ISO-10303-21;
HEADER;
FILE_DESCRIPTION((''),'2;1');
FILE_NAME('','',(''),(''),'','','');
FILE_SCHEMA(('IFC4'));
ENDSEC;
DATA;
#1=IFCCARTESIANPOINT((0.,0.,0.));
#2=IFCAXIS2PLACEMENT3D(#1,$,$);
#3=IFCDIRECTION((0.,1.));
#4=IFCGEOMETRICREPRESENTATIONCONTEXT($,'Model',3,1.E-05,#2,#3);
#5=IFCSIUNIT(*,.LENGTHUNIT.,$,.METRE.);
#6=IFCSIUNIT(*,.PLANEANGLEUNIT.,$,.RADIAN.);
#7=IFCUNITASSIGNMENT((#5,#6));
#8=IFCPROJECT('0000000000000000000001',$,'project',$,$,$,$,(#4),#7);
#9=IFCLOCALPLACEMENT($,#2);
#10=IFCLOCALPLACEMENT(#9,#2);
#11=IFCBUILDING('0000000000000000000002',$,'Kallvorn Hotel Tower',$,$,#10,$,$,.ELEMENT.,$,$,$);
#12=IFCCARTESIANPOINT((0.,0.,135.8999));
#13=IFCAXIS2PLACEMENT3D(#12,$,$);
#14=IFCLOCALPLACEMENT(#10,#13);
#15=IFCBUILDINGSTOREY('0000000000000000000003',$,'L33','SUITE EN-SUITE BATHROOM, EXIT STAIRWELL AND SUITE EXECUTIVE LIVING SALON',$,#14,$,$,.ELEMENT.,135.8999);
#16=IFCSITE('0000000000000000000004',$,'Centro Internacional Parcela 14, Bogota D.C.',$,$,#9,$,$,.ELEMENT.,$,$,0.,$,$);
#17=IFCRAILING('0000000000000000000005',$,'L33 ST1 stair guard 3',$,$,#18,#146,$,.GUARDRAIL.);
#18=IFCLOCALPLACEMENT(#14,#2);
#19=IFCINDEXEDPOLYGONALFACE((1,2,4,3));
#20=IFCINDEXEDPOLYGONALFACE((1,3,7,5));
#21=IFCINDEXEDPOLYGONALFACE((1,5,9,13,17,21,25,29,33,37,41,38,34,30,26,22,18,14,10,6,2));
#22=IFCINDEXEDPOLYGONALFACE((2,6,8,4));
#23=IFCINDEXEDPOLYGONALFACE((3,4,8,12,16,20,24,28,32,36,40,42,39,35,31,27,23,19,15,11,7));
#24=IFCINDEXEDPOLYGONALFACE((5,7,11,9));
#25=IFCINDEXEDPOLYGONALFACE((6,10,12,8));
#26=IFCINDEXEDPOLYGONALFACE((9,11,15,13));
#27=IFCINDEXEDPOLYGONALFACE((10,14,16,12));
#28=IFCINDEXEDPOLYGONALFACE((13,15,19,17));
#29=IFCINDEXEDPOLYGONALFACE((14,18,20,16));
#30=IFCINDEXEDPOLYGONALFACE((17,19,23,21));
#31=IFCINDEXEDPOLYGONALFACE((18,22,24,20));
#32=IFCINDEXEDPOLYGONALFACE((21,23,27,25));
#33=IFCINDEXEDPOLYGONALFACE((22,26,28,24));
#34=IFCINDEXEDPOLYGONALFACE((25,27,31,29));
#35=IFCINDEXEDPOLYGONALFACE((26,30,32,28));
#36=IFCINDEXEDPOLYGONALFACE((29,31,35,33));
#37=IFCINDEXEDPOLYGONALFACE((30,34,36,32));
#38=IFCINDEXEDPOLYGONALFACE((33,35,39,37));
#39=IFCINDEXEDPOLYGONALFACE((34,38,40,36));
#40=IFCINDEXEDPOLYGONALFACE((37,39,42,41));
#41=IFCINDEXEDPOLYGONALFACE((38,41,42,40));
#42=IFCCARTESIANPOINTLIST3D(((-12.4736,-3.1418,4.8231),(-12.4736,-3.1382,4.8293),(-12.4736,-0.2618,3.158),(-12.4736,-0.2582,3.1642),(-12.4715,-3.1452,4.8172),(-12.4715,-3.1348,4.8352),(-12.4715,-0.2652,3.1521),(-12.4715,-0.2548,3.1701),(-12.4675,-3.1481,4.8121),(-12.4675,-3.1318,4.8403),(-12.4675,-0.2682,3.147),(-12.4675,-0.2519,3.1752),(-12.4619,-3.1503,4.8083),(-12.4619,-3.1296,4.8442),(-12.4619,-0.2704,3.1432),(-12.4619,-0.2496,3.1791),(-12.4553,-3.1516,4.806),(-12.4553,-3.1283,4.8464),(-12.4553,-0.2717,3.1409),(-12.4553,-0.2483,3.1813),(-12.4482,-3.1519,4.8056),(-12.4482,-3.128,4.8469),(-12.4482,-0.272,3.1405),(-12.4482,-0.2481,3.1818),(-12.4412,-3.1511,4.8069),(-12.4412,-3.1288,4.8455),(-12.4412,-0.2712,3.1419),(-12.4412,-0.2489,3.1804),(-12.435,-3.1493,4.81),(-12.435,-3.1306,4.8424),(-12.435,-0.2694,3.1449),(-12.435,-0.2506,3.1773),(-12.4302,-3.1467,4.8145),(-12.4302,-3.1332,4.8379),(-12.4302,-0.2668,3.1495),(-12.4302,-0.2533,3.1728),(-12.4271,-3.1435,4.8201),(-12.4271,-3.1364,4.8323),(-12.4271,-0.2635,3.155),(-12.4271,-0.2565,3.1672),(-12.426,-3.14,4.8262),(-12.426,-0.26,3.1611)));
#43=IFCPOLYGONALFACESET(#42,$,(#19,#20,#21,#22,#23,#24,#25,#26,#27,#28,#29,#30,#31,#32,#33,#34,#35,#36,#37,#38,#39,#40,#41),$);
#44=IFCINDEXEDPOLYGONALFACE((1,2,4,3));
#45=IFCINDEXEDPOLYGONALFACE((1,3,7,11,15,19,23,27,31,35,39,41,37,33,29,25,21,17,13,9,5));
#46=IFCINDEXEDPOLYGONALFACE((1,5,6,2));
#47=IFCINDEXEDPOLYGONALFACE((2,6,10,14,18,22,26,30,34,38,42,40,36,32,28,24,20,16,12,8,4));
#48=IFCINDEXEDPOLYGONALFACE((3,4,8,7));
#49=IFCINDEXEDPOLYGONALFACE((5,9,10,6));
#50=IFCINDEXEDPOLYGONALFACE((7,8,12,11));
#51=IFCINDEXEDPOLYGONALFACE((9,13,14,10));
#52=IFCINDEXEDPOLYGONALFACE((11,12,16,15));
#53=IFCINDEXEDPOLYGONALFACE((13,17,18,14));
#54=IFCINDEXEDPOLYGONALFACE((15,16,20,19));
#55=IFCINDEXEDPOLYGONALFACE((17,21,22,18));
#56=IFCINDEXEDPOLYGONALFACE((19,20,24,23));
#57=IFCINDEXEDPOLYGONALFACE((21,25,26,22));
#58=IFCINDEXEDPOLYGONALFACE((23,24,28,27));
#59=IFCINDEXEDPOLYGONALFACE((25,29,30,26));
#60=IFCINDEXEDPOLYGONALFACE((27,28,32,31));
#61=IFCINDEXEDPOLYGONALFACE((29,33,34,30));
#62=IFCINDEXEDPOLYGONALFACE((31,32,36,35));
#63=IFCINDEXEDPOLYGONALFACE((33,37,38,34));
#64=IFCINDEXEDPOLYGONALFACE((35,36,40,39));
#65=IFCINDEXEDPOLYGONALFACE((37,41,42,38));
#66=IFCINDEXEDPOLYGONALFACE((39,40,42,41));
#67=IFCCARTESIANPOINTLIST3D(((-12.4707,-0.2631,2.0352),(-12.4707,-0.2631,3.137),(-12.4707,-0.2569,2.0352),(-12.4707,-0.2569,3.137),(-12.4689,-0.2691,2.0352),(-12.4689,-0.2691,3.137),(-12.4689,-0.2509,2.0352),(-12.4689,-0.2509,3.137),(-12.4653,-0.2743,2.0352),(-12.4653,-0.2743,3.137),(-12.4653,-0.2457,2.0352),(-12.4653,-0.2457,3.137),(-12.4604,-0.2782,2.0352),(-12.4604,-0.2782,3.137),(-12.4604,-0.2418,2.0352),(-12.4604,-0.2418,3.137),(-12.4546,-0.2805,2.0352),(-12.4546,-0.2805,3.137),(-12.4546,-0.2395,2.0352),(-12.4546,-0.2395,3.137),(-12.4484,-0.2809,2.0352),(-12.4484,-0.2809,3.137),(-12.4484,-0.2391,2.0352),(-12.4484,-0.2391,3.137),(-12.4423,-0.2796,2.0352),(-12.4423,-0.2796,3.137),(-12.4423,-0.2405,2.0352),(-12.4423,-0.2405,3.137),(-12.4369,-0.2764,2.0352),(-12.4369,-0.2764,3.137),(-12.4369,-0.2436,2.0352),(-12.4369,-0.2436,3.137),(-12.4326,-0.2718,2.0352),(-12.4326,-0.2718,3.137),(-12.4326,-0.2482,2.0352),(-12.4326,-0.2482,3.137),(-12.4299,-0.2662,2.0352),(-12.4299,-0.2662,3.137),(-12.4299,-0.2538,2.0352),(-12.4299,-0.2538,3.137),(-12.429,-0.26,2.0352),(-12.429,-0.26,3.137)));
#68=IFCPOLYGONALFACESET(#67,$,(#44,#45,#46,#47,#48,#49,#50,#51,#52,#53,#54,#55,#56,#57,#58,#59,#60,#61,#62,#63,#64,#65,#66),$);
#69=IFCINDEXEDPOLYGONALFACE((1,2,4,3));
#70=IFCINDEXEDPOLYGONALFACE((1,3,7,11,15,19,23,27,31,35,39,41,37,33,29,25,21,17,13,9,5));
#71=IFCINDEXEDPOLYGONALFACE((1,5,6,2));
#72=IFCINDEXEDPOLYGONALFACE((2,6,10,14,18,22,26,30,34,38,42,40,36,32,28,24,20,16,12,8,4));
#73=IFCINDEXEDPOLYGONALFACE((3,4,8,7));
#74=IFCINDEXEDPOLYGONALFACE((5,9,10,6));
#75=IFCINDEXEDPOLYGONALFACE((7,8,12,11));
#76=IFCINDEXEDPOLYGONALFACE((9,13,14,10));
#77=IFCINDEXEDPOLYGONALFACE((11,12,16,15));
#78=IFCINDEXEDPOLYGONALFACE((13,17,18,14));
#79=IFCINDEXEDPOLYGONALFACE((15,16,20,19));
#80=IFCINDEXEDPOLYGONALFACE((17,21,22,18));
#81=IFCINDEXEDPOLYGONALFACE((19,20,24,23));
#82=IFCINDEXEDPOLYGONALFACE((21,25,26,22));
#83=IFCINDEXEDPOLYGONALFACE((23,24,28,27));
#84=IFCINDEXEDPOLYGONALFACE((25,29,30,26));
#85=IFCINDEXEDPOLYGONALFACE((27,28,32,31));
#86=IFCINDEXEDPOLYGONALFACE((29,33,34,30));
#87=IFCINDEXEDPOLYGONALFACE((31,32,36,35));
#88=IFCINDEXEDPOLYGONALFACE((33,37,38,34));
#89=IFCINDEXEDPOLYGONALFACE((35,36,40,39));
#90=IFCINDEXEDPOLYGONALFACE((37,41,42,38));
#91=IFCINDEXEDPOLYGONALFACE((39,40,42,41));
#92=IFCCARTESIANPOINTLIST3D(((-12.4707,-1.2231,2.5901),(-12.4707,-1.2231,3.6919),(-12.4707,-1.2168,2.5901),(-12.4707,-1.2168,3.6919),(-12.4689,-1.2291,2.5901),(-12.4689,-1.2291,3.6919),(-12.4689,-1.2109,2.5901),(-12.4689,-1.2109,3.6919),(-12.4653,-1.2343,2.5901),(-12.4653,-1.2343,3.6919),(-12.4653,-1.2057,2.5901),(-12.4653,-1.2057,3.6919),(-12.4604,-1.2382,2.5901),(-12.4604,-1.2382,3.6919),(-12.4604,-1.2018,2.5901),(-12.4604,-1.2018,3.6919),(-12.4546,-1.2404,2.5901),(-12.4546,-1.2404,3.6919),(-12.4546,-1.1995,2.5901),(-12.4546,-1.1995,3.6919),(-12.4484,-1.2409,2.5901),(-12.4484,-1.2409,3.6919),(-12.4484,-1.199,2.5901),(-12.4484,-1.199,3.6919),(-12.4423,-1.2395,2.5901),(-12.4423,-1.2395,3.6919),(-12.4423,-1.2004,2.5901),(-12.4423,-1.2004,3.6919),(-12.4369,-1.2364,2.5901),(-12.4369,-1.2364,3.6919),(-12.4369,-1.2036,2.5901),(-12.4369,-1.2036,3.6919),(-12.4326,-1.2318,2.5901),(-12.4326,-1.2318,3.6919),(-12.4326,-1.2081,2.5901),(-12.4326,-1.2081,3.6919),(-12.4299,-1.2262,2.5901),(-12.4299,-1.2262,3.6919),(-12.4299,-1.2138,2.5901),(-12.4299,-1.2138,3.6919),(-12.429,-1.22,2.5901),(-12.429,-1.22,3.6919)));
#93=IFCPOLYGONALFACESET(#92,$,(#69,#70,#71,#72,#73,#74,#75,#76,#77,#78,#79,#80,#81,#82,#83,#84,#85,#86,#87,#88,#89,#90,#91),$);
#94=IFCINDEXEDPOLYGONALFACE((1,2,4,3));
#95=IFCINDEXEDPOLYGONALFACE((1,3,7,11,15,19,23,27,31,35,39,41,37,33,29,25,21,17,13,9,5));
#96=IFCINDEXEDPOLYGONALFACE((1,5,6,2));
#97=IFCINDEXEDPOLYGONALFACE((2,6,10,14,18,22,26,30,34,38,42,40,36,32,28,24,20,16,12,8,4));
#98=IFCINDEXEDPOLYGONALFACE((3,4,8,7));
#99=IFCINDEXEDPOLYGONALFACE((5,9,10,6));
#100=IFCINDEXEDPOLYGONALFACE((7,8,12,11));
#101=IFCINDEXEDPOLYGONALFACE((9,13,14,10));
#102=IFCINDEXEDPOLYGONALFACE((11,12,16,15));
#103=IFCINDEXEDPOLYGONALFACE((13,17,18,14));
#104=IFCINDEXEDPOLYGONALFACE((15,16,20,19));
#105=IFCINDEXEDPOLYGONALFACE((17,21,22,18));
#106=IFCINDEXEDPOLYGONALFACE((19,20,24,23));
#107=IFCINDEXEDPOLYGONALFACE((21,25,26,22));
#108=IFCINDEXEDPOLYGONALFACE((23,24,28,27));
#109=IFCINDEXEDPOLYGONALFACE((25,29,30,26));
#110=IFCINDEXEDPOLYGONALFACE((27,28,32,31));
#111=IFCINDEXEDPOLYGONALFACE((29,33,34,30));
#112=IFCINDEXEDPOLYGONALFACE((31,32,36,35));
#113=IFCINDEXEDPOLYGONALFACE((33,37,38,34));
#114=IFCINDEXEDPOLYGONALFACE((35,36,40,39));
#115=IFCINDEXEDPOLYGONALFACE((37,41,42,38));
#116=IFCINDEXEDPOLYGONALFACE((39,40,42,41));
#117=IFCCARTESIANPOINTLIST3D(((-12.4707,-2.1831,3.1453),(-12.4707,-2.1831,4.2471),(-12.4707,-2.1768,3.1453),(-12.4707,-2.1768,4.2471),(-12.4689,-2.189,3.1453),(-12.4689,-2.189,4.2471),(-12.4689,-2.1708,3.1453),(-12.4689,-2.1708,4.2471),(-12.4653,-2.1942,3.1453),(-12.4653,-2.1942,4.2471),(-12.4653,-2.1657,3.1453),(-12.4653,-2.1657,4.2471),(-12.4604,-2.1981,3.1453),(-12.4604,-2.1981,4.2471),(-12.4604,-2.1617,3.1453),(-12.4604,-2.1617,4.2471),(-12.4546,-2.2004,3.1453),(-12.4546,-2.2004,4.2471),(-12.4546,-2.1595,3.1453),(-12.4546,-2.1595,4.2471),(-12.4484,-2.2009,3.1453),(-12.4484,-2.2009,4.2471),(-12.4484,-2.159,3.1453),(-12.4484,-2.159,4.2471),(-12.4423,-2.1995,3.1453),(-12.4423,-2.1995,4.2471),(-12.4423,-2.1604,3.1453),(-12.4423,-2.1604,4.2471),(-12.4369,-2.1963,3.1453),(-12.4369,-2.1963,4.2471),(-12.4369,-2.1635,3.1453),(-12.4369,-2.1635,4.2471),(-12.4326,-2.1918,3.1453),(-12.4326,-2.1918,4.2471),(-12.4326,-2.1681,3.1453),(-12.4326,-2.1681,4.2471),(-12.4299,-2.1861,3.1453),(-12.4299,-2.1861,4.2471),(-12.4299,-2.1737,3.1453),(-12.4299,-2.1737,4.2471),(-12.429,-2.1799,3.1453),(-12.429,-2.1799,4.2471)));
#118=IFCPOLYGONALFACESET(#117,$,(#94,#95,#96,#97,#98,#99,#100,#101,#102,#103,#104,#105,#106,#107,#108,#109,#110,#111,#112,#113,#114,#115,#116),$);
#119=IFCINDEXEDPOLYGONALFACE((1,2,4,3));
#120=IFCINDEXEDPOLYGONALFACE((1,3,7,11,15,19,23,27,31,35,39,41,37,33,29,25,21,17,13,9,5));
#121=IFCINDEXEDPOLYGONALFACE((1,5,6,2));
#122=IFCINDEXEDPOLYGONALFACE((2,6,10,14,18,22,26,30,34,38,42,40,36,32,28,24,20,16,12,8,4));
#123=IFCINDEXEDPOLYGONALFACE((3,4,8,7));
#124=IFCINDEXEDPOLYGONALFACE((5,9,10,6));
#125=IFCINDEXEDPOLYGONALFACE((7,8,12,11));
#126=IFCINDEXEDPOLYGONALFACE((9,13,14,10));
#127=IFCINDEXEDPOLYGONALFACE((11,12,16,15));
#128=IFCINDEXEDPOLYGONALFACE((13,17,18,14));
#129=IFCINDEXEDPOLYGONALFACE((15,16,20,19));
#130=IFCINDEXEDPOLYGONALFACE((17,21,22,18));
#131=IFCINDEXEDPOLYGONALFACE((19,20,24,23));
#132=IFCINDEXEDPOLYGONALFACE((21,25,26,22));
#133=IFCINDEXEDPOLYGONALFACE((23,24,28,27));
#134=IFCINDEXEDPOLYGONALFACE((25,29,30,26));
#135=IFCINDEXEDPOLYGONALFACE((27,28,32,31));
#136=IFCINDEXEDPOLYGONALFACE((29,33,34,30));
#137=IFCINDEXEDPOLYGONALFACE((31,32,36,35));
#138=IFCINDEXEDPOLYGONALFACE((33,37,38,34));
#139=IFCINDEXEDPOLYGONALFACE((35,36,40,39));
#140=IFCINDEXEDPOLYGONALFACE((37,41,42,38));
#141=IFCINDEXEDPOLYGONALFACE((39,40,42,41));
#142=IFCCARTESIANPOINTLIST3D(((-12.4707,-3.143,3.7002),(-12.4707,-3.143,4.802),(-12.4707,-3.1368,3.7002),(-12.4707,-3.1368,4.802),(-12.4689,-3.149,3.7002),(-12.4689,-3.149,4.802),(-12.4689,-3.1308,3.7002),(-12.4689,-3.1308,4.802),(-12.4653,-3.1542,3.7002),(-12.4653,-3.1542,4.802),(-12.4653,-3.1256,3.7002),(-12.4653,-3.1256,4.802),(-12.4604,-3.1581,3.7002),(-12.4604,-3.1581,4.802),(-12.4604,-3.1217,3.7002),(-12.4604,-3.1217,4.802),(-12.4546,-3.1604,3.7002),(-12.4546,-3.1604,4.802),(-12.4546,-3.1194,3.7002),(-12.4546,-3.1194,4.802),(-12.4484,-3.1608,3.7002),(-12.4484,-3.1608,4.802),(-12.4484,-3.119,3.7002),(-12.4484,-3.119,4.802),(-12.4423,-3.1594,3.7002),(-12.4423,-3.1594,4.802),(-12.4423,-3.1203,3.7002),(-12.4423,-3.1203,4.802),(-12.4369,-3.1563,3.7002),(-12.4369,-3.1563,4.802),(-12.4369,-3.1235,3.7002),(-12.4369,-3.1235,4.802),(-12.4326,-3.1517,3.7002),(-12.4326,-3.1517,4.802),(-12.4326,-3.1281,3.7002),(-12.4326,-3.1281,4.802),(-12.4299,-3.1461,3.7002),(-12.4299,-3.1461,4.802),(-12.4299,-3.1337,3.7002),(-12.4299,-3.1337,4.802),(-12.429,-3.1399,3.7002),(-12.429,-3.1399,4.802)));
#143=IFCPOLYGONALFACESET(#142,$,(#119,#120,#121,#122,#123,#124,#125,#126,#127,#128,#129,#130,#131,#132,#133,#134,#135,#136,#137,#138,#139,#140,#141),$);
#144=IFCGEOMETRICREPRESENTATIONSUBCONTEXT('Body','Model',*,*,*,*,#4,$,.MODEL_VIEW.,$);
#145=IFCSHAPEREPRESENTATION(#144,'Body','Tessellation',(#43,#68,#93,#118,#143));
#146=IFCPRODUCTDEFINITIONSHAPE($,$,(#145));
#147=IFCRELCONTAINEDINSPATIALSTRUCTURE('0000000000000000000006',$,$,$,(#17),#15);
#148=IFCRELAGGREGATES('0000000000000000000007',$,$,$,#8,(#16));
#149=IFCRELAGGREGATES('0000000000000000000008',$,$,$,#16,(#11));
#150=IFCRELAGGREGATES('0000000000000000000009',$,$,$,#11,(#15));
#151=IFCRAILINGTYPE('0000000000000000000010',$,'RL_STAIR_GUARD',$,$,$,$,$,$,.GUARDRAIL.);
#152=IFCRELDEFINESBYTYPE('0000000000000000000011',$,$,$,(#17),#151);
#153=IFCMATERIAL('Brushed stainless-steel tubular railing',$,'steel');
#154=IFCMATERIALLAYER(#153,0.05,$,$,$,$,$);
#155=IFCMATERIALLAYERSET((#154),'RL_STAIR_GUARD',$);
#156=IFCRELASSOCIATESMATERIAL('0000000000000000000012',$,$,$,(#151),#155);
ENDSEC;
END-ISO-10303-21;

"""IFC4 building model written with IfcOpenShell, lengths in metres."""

from ifc_helpers import new_model, si_unit, direction, frame, origin, origin_2d, place, context, subcontext, project, spatial, circle, extrude, material, layer, layer_set, type_object, element, save


model = new_model("IFC4")

# Units and contexts
model_context = context("Model", 3, precision=1e-05, world=origin(), true_north=direction((0.0, 1.0)))
body_context = subcontext(model_context, "Body", "Model", "MODEL_VIEW")
ifc_project = project(units=[si_unit("LENGTHUNIT", "METRE"), si_unit("PLANEANGLEUNIT", "RADIAN")], contexts=[model_context])

# Site, building, storey
site_placement = place(None, origin())
site = spatial("IfcSite", under=ifc_project, at=site_placement, Name="Centro Internacional Parcela 14, Bogota D.C.", CompositionType="ELEMENT", RefElevation=0.0)
building_placement = place(site_placement, origin())
building = spatial("IfcBuilding", under=site, at=building_placement, Name="Kallvorn Hotel Tower", CompositionType="ELEMENT")
storey_placement = place(building_placement, frame((0.0, 0.0, 135.8999)))
storey = spatial("IfcBuildingStorey", under=building, at=storey_placement, Name="L33", Description="SUITE EN-SUITE BATHROOM, EXIT STAIRWELL AND SUITE EXECUTIVE LIVING SALON", CompositionType="ELEMENT", Elevation=135.8999)

# Railing
ifc_material_1 = material(Name="Brushed stainless-steel tubular railing", Category="steel")
ifc_layer_1 = layer(ifc_material_1, 0.05)
ifc_layer_set_1 = layer_set([ifc_layer_1], Name="RL_STAIR_GUARD")
railing_type_1 = type_object("IfcRailingType", Name="RL_STAIR_GUARD", PredefinedType="GUARDRAIL", material=ifc_layer_set_1)
railing_1_placement = place(storey_placement, frame((-12.45, -0.26, 2.0352)))
element("IfcRailing", 1, at=railing_1_placement, inside=storey, type_object=railing_type_1, Name="L33 ST1 stair guard 3", PredefinedType="GUARDRAIL", context=body_context, shape_type="SweptSolid", body=[
    extrude(circle(Radius=0.0239, at=origin_2d()), frame((0.0, 0.0, 1.126), z_axis=(0.0, -0.865721, 0.500527), x_axis=(1.0, 0.0, 0.0)), (0.0, 0.0, 1.0), 3.3267),
    extrude(circle(Radius=0.021, at=origin_2d()), origin(), (0.0, 0.0, 1.0), 1.1018),
    extrude(circle(Radius=0.021, at=origin_2d()), frame((0.0, -0.96, 0.5549)), (0.0, 0.0, 1.0), 1.1018),
    extrude(circle(Radius=0.021, at=origin_2d()), frame((0.0, -1.9199, 1.1101)), (0.0, 0.0, 1.0), 1.1018),
    extrude(circle(Radius=0.021, at=origin_2d()), frame((0.0, -2.8799, 1.665)), (0.0, 0.0, 1.0), 1.1018),
])

save(model, "model.ifc")
